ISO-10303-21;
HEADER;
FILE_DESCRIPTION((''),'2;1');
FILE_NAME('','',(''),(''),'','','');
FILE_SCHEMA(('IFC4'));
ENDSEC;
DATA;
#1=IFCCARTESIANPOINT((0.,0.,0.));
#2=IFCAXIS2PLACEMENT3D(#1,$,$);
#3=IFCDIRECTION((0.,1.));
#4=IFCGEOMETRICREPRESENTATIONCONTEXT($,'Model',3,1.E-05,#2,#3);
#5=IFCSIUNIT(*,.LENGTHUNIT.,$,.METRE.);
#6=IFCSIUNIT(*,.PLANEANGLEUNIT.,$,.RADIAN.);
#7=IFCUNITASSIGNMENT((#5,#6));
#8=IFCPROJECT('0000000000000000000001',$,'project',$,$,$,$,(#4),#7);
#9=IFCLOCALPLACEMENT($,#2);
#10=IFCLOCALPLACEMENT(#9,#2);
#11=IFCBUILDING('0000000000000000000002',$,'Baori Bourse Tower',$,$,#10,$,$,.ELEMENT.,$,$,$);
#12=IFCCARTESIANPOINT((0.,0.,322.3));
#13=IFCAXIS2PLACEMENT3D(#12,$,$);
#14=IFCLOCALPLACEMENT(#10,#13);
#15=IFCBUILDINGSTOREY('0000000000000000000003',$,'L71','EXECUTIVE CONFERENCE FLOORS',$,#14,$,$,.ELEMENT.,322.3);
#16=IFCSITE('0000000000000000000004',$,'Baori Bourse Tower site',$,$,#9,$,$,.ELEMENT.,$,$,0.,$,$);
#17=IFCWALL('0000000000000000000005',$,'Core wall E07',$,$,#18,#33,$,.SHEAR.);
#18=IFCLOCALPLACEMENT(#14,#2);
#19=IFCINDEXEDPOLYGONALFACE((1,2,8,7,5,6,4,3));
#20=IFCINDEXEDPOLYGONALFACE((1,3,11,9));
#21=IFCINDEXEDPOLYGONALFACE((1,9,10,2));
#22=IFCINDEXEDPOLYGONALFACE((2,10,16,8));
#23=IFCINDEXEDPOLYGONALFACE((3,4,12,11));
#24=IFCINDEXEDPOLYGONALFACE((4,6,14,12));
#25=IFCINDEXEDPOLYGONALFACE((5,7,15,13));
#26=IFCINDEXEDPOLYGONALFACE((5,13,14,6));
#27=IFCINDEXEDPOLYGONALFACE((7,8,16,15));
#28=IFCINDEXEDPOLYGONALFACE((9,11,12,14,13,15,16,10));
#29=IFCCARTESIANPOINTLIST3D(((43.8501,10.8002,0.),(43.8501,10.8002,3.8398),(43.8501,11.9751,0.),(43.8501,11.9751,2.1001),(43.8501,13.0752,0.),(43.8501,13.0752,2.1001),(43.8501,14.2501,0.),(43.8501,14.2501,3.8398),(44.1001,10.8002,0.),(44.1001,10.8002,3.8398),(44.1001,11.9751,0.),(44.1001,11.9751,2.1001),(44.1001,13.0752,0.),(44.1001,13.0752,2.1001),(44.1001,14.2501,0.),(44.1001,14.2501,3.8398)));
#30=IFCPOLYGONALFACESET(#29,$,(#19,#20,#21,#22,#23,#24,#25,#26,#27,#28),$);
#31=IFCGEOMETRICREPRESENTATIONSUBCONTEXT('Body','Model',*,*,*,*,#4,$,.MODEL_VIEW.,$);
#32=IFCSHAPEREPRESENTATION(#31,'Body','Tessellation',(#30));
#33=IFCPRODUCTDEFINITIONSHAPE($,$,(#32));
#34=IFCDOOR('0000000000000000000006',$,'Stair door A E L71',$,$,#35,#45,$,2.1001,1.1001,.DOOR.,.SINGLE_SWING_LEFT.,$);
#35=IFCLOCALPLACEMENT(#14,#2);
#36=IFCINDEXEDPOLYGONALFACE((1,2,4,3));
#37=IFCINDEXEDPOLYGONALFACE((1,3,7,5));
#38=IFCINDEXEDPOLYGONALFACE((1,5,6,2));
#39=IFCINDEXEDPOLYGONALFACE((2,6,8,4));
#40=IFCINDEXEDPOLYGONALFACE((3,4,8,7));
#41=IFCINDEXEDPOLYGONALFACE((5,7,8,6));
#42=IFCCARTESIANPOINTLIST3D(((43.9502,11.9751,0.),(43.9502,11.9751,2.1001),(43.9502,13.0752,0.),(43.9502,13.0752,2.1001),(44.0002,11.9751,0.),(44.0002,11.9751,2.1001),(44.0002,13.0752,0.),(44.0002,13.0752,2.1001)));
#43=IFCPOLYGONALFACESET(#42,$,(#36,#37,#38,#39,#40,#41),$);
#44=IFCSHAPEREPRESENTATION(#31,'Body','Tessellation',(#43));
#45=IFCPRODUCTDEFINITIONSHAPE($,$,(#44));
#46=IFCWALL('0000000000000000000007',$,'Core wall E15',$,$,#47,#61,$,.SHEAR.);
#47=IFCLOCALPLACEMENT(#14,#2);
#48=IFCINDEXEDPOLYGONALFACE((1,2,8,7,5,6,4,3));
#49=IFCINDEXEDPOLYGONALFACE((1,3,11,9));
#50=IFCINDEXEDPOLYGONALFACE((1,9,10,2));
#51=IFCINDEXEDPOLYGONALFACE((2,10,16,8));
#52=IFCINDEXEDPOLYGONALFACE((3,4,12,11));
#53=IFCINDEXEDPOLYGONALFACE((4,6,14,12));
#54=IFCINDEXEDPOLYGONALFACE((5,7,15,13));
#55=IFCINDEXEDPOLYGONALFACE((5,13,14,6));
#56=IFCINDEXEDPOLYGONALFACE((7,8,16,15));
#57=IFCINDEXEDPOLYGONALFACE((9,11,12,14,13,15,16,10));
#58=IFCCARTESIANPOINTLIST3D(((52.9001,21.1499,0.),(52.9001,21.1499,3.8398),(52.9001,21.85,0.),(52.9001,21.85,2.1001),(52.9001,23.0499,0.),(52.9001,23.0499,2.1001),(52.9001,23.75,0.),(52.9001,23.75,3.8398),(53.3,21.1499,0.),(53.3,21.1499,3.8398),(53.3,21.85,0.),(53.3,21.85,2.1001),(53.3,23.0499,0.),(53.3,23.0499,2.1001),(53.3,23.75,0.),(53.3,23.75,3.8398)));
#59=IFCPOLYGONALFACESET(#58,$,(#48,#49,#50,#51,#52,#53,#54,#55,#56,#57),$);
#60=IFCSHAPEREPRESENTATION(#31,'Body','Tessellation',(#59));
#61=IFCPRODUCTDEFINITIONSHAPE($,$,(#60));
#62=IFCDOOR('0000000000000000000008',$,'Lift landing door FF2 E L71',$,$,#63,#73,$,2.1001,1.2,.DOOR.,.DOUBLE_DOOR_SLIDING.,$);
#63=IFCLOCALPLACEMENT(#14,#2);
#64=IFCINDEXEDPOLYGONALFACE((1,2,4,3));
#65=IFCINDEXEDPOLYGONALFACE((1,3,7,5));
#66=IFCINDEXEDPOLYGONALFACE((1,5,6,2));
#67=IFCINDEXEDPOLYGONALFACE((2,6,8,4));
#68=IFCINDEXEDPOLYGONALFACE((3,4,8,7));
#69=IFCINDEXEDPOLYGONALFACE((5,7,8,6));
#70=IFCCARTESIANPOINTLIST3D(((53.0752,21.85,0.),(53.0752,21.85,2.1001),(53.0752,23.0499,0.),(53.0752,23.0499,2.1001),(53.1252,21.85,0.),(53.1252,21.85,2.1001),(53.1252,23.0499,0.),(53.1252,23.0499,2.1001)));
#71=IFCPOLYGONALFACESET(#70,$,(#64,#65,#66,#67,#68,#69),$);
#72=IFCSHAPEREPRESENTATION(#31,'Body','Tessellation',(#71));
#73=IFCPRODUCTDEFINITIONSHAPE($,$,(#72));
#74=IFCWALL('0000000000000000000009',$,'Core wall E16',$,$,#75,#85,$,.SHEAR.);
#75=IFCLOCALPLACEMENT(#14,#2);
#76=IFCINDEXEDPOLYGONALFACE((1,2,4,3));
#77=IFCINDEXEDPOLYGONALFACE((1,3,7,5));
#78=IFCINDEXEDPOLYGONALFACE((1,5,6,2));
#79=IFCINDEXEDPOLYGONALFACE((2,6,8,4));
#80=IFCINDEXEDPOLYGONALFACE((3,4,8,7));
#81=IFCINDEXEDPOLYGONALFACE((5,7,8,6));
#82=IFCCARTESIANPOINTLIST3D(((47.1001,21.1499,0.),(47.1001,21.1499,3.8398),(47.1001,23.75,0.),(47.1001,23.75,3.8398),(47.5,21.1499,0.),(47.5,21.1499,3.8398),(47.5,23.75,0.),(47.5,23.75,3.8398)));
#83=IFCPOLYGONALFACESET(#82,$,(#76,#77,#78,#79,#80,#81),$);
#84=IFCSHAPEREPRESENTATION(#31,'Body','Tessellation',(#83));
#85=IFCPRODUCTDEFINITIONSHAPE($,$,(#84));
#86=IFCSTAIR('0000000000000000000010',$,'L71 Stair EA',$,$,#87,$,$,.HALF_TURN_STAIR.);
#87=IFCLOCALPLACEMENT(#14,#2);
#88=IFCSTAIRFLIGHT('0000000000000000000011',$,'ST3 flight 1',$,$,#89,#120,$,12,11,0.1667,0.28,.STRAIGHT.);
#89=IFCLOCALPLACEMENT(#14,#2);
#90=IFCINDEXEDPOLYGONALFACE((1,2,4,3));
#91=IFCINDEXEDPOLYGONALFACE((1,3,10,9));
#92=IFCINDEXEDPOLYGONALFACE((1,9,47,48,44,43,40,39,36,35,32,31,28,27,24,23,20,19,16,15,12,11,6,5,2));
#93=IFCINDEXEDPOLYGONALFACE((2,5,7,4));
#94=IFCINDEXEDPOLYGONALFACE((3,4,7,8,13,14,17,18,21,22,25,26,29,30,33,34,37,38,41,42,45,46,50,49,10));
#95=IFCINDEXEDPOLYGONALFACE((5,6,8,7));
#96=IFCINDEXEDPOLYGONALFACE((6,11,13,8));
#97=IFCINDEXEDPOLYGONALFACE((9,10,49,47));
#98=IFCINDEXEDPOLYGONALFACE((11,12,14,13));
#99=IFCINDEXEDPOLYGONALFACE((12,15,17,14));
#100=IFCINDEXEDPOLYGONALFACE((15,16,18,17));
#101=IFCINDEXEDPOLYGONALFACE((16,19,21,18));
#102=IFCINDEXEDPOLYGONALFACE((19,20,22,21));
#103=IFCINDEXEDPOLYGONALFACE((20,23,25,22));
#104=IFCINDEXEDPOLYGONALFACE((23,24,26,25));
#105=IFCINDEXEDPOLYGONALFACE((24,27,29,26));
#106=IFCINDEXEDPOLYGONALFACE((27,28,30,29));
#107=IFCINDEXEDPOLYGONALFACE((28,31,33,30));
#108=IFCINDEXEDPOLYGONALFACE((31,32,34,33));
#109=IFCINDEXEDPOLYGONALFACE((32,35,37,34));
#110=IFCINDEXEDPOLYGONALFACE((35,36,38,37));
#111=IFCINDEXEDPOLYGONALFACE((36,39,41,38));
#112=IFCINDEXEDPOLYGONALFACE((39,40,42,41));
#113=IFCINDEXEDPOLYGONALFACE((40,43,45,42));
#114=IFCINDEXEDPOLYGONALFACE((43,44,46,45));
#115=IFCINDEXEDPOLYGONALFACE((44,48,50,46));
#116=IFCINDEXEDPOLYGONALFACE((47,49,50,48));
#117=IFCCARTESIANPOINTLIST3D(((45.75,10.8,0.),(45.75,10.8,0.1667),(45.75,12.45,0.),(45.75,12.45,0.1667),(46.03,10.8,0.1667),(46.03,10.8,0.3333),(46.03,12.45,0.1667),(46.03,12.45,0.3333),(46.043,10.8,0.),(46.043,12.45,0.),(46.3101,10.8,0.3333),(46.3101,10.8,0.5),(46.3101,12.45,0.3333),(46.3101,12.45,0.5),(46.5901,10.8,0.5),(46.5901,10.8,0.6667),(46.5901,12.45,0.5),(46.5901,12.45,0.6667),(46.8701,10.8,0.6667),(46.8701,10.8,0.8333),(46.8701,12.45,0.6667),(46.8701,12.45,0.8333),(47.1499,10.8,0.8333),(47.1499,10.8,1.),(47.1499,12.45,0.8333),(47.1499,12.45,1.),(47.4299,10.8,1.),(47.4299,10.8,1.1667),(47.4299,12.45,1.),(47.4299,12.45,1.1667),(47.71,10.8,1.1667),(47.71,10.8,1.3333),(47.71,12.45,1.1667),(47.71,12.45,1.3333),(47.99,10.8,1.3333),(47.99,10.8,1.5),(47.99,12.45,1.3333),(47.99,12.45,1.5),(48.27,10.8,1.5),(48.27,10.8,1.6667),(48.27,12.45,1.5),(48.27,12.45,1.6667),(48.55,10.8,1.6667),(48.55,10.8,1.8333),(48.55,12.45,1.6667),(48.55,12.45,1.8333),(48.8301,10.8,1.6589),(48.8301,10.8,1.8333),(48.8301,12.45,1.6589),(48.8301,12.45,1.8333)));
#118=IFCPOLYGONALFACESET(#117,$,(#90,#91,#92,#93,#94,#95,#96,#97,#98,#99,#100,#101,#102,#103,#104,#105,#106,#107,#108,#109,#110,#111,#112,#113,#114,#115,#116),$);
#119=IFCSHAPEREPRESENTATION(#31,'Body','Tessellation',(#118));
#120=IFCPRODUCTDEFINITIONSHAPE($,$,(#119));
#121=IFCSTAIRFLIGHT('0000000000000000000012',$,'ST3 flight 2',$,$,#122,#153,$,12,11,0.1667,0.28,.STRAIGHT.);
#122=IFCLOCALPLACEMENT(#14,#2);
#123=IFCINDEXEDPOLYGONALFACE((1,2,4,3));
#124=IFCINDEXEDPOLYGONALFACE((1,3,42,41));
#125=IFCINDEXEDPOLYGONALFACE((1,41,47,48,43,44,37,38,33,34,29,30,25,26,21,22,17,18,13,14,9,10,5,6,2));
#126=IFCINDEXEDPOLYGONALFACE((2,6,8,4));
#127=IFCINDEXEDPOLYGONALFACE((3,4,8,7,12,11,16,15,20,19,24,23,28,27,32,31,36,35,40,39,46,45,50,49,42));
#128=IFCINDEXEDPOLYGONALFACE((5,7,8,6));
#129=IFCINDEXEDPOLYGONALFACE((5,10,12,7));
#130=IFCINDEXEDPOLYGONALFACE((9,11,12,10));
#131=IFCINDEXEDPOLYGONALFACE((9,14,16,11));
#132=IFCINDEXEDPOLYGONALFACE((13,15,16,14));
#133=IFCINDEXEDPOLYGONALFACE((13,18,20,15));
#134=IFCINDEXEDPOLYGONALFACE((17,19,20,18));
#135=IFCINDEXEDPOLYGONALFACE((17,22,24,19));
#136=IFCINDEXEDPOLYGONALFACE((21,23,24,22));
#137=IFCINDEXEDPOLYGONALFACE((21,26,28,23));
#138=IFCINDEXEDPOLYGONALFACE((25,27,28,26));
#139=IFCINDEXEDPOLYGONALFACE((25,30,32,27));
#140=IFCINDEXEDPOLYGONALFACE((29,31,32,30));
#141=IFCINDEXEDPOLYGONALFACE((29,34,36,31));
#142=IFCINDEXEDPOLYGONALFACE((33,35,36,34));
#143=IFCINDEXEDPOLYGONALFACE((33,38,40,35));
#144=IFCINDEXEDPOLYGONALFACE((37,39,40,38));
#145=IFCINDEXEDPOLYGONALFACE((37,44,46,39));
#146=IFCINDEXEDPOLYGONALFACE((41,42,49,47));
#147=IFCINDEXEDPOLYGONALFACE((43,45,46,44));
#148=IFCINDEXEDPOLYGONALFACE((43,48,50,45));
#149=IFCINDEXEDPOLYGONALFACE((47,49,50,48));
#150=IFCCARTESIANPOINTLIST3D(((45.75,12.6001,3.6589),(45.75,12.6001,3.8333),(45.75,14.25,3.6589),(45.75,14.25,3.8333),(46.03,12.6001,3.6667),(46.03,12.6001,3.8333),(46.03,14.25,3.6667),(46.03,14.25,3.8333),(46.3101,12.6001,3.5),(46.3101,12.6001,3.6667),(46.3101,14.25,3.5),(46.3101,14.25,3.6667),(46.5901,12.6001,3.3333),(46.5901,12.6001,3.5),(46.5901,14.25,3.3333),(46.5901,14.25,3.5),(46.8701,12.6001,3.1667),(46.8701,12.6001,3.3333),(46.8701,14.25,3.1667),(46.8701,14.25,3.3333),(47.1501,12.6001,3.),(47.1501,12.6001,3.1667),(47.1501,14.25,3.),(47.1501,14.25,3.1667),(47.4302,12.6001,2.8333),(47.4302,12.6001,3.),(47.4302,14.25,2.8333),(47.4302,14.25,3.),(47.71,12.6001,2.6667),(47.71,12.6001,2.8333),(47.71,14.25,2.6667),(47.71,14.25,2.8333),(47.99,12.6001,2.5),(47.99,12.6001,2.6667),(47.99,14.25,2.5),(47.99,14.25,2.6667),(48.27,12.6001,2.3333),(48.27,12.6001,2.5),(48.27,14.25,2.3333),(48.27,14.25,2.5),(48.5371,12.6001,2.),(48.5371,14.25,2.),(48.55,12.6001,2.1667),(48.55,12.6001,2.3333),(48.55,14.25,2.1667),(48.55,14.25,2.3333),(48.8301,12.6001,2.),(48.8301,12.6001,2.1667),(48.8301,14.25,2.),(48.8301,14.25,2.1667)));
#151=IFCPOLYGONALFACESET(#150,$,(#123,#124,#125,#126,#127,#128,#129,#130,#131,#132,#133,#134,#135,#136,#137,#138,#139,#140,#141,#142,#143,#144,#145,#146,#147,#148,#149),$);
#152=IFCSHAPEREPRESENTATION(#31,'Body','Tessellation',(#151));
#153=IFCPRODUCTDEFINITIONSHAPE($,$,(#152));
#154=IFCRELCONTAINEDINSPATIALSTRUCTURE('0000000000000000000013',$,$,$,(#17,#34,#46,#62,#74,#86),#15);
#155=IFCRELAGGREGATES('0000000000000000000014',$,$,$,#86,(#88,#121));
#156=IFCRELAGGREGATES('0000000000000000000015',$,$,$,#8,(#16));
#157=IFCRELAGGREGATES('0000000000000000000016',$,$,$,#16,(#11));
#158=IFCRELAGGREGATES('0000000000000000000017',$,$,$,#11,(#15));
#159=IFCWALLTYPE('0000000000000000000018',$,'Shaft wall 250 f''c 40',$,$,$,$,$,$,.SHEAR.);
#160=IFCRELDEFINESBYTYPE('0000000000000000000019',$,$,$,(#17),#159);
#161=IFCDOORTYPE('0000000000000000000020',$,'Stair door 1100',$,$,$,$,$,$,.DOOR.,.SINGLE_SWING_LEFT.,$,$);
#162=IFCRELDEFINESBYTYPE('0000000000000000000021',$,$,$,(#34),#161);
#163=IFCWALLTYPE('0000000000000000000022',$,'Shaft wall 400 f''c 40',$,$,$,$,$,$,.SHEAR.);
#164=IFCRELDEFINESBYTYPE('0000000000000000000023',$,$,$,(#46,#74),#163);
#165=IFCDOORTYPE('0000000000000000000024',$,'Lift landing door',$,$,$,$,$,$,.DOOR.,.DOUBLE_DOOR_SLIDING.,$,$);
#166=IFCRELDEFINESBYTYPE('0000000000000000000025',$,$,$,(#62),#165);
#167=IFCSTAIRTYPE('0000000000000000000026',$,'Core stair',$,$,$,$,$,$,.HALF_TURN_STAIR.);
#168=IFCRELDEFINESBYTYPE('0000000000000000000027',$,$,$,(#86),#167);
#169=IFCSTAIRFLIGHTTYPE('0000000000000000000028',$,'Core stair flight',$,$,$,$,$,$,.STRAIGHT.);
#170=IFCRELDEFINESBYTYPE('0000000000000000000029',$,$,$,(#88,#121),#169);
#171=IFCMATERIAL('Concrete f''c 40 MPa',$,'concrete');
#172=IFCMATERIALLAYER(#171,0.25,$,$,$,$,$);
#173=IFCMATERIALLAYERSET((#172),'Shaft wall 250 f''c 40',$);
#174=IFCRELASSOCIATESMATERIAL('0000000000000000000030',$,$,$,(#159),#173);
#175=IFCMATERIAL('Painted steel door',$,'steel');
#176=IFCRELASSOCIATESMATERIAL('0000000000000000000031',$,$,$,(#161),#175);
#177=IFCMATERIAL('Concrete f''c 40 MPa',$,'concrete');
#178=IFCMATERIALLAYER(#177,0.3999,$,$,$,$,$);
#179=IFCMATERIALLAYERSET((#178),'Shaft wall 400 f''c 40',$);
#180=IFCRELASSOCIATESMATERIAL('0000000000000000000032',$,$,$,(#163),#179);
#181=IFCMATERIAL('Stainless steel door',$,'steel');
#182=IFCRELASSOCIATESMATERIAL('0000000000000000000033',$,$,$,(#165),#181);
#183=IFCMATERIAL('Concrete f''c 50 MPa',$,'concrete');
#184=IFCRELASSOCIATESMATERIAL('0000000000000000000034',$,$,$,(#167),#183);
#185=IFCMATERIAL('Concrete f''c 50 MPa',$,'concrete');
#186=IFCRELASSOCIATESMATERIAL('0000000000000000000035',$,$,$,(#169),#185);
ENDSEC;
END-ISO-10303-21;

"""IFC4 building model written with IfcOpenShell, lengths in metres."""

from ifc_helpers import new_model, si_unit, direction, frame, frame_2d, origin, place, context, subcontext, project, spatial, polyline, rectangle, outline, extrude, material, layer, layer_set, type_object, element, fill, aggregate, save


model = new_model("IFC4")

# Units and contexts
model_context = context("Model", 3, precision=1e-05, world=origin(), true_north=direction((0.0, 1.0)))
body_context = subcontext(model_context, "Body", "Model", "MODEL_VIEW")
ifc_project = project(units=[si_unit("LENGTHUNIT", "METRE"), si_unit("PLANEANGLEUNIT", "RADIAN")], contexts=[model_context])

# Site, building, storey
site_placement = place(None, origin())
site = spatial("IfcSite", under=ifc_project, at=site_placement, Name="Baori Bourse Tower site", CompositionType="ELEMENT", RefElevation=0.0)
building_placement = place(site_placement, origin())
building = spatial("IfcBuilding", under=site, at=building_placement, Name="Baori Bourse Tower", CompositionType="ELEMENT")
storey_placement = place(building_placement, frame((0.0, 0.0, 322.3)))
storey = spatial("IfcBuildingStorey", under=building, at=storey_placement, Name="L71", Description="EXECUTIVE CONFERENCE FLOORS", CompositionType="ELEMENT", Elevation=322.3)

# Walls, openings, doors
ifc_material_1 = material(Name="Concrete f'c 40 MPa", Category="concrete")
ifc_layer_1 = layer(ifc_material_1, 0.25)
ifc_layer_set_1 = layer_set([ifc_layer_1], Name="Shaft wall 250 f'c 40")
wall_type_1 = type_object("IfcWallType", Name="Shaft wall 250 f'c 40", PredefinedType="SHEAR", material=ifc_layer_set_1)
wall_1_placement = place(storey_placement, frame((43.9751, 10.8, 0.0), z_axis=(0.0, 0.0, 1.0), x_axis=(0.0, 1.0, 0.0)))
wall_1 = element("IfcWall", 1, at=wall_1_placement, inside=storey, type_object=wall_type_1, Name="Core wall E07", PredefinedType="SHEAR", context=body_context, shape_type="SweptSolid", body=[
    extrude(rectangle(XDim=3.45, YDim=0.25, at=frame_2d((1.7251, 0.0))), origin(), (0.0, 0.0, 1.0), 3.8398),
])
opening_1_placement = place(wall_1_placement, frame((1.175, 0.0, 0.0)))
opening_1 = element("IfcOpeningElement", 2, at=opening_1_placement, cuts=wall_1, PredefinedType="OPENING", context=body_context, shape_type="SweptSolid", body=[
    extrude(rectangle(XDim=1.1001, YDim=2.1001, at=frame_2d((0.55, 1.05))), frame((0.0, 0.135, 0.0), z_axis=(0.0, -1.0, 0.0), x_axis=(1.0, 0.0, 0.0)), (0.0, 0.0, 1.0), 0.27),
])
ifc_material_2 = material(Name="Painted steel door", Category="steel")
door_type_1 = type_object("IfcDoorType", Name="Stair door 1100", OperationType="SINGLE_SWING_LEFT", PredefinedType="DOOR", material=ifc_material_2)
door_1_placement = place(opening_1_placement, origin())
door_1 = element("IfcDoor", 3, at=door_1_placement, inside=storey, type_object=door_type_1, Name="Stair door A E L71", OperationType="SINGLE_SWING_LEFT", OverallHeight=2.1001, OverallWidth=1.1001, PredefinedType="DOOR", context=body_context, shape_type="SweptSolid", body=[
    extrude(rectangle(XDim=1.1001, YDim=2.1001, at=frame_2d((0.55, 1.05))), frame((0.0, 0.0249, 0.0), z_axis=(0.0, -1.0, 0.0), x_axis=(1.0, 0.0, 0.0)), (0.0, 0.0, 1.0), 0.05),
])
fill(opening_1, door_1)
ifc_material_3 = material(Name="Concrete f'c 40 MPa", Category="concrete")
ifc_layer_2 = layer(ifc_material_3, 0.3999)
ifc_layer_set_2 = layer_set([ifc_layer_2], Name="Shaft wall 400 f'c 40")
wall_type_2 = type_object("IfcWallType", Name="Shaft wall 400 f'c 40", PredefinedType="SHEAR", material=ifc_layer_set_2)
wall_2_placement = place(storey_placement, frame((53.1001, 21.1499, 0.0), z_axis=(0.0, 0.0, 1.0), x_axis=(0.0, 1.0, 0.0)))
wall_2 = element("IfcWall", 4, at=wall_2_placement, inside=storey, type_object=wall_type_2, Name="Core wall E15", PredefinedType="SHEAR", context=body_context, shape_type="SweptSolid", body=[
    extrude(rectangle(XDim=2.6001, YDim=0.3999, at=frame_2d((1.3, 0.0))), origin(), (0.0, 0.0, 1.0), 3.8398),
])
opening_2_placement = place(wall_2_placement, frame((0.7, 0.0, 0.0)))
opening_2 = element("IfcOpeningElement", 5, at=opening_2_placement, cuts=wall_2, PredefinedType="OPENING", context=body_context, shape_type="SweptSolid", body=[
    extrude(rectangle(XDim=1.2, YDim=2.1001, at=frame_2d((0.6001, 1.05))), frame((0.0, 0.21, 0.0), z_axis=(0.0, -1.0, 0.0), x_axis=(1.0, 0.0, 0.0)), (0.0, 0.0, 1.0), 0.4199),
])
ifc_material_4 = material(Name="Stainless steel door", Category="steel")
door_type_2 = type_object("IfcDoorType", Name="Lift landing door", OperationType="DOUBLE_DOOR_SLIDING", PredefinedType="DOOR", material=ifc_material_4)
door_2_placement = place(opening_2_placement, origin())
door_2 = element("IfcDoor", 6, at=door_2_placement, inside=storey, type_object=door_type_2, Name="Lift landing door FF2 E L71", OperationType="DOUBLE_DOOR_SLIDING", OverallHeight=2.1001, OverallWidth=1.2, PredefinedType="DOOR", context=body_context, shape_type="SweptSolid", body=[
    extrude(rectangle(XDim=1.2, YDim=2.1001, at=frame_2d((0.6001, 1.05))), frame((0.0, 0.0249, 0.0), z_axis=(0.0, -1.0, 0.0), x_axis=(1.0, 0.0, 0.0)), (0.0, 0.0, 1.0), 0.05),
])
fill(opening_2, door_2)

# Wall
wall_3_placement = place(storey_placement, frame((47.3, 21.1499, 0.0), z_axis=(0.0, 0.0, 1.0), x_axis=(0.0, 1.0, 0.0)))
element("IfcWall", 7, at=wall_3_placement, inside=storey, type_object=wall_type_2, Name="Core wall E16", PredefinedType="SHEAR", context=body_context, shape_type="SweptSolid", body=[
    extrude(rectangle(XDim=2.6001, YDim=0.3999, at=frame_2d((1.3, 0.0))), origin(), (0.0, 0.0, 1.0), 3.8398),
])

# Stair, stair flights
ifc_material_5 = material(Name="Concrete f'c 50 MPa", Category="concrete")
stair_type = type_object("IfcStairType", Name="Core stair", PredefinedType="HALF_TURN_STAIR", material=ifc_material_5)
stair_placement = place(storey_placement, origin())
stair = element("IfcStair", 8, at=stair_placement, inside=storey, type_object=stair_type, Name="L71 Stair EA", PredefinedType="HALF_TURN_STAIR")
ifc_material_6 = material(Name="Concrete f'c 50 MPa", Category="concrete")
stair_flight_type = type_object("IfcStairFlightType", Name="Core stair flight", PredefinedType="STRAIGHT", material=ifc_material_6)
stair_flight_1_placement = place(storey_placement, frame((45.75, 11.625, 0.0), z_axis=(0.0, 0.0, 1.0), x_axis=(1.0, 0.0, 0.0)))
stair_flight_1 = element("IfcStairFlight", 9, at=stair_flight_1_placement, type_object=stair_flight_type, Name="ST3 flight 1", NumberOfRisers=12, NumberOfTreads=11, PredefinedType="STRAIGHT", RiserHeight=0.1667, TreadLength=0.28, context=body_context, shape_type="SweptSolid", body=[
    extrude(outline(polyline([(0.0, 0.0), (0.0, 0.1667), (0.28, 0.1667), (0.28, 0.3333), (0.5601, 0.3333), (0.5601, 0.5), (0.8401, 0.5), (0.8401, 0.6667), (1.1201, 0.6667), (1.1201, 0.8333), (1.3999, 0.8333), (1.3999, 1.0), (1.6799, 1.0), (1.6799, 1.1667), (1.96, 1.1667), (1.96, 1.3333), (2.24, 1.3333), (2.24, 1.5), (2.52, 1.5), (2.52, 1.6667), (2.8, 1.6667), (2.8, 1.8333), (3.0801, 1.8333), (3.0801, 2.0), (3.0801, 1.6589), (0.293, 0.0), (0.0, 0.0)])), frame((0.0, 0.825, 0.0), z_axis=(0.0, -1.0, 0.0), x_axis=(1.0, 0.0, 0.0)), (0.0, 0.0, 1.0), 1.6499),
])
stair_flight_2_placement = place(storey_placement, frame((48.8301, 13.425, 2.0), z_axis=(0.0, 0.0, 1.0), x_axis=(-1.0, 0.0, 0.0)))
stair_flight_2 = element("IfcStairFlight", 10, at=stair_flight_2_placement, type_object=stair_flight_type, Name="ST3 flight 2", NumberOfRisers=12, NumberOfTreads=11, PredefinedType="STRAIGHT", RiserHeight=0.1667, TreadLength=0.28, context=body_context, shape_type="SweptSolid", body=[
    extrude(outline(polyline([(0.0, 0.0), (0.0, 0.1667), (0.28, 0.1667), (0.28, 0.3333), (0.5601, 0.3333), (0.5601, 0.5), (0.8401, 0.5), (0.8401, 0.6667), (1.1201, 0.6667), (1.1201, 0.8333), (1.3999, 0.8333), (1.3999, 1.0), (1.6799, 1.0), (1.6799, 1.1667), (1.96, 1.1667), (1.96, 1.3333), (2.24, 1.3333), (2.24, 1.5), (2.52, 1.5), (2.52, 1.6667), (2.8, 1.6667), (2.8, 1.8333), (3.0801, 1.8333), (3.0801, 2.0), (3.0801, 1.6589), (0.293, 0.0), (0.0, 0.0)])), frame((0.0, 0.825, 0.0), z_axis=(0.0, -1.0, 0.0), x_axis=(1.0, 0.0, 0.0)), (0.0, 0.0, 1.0), 1.6499),
])
aggregate(stair, [stair_flight_1, stair_flight_2])

save(model, "model.ifc")
